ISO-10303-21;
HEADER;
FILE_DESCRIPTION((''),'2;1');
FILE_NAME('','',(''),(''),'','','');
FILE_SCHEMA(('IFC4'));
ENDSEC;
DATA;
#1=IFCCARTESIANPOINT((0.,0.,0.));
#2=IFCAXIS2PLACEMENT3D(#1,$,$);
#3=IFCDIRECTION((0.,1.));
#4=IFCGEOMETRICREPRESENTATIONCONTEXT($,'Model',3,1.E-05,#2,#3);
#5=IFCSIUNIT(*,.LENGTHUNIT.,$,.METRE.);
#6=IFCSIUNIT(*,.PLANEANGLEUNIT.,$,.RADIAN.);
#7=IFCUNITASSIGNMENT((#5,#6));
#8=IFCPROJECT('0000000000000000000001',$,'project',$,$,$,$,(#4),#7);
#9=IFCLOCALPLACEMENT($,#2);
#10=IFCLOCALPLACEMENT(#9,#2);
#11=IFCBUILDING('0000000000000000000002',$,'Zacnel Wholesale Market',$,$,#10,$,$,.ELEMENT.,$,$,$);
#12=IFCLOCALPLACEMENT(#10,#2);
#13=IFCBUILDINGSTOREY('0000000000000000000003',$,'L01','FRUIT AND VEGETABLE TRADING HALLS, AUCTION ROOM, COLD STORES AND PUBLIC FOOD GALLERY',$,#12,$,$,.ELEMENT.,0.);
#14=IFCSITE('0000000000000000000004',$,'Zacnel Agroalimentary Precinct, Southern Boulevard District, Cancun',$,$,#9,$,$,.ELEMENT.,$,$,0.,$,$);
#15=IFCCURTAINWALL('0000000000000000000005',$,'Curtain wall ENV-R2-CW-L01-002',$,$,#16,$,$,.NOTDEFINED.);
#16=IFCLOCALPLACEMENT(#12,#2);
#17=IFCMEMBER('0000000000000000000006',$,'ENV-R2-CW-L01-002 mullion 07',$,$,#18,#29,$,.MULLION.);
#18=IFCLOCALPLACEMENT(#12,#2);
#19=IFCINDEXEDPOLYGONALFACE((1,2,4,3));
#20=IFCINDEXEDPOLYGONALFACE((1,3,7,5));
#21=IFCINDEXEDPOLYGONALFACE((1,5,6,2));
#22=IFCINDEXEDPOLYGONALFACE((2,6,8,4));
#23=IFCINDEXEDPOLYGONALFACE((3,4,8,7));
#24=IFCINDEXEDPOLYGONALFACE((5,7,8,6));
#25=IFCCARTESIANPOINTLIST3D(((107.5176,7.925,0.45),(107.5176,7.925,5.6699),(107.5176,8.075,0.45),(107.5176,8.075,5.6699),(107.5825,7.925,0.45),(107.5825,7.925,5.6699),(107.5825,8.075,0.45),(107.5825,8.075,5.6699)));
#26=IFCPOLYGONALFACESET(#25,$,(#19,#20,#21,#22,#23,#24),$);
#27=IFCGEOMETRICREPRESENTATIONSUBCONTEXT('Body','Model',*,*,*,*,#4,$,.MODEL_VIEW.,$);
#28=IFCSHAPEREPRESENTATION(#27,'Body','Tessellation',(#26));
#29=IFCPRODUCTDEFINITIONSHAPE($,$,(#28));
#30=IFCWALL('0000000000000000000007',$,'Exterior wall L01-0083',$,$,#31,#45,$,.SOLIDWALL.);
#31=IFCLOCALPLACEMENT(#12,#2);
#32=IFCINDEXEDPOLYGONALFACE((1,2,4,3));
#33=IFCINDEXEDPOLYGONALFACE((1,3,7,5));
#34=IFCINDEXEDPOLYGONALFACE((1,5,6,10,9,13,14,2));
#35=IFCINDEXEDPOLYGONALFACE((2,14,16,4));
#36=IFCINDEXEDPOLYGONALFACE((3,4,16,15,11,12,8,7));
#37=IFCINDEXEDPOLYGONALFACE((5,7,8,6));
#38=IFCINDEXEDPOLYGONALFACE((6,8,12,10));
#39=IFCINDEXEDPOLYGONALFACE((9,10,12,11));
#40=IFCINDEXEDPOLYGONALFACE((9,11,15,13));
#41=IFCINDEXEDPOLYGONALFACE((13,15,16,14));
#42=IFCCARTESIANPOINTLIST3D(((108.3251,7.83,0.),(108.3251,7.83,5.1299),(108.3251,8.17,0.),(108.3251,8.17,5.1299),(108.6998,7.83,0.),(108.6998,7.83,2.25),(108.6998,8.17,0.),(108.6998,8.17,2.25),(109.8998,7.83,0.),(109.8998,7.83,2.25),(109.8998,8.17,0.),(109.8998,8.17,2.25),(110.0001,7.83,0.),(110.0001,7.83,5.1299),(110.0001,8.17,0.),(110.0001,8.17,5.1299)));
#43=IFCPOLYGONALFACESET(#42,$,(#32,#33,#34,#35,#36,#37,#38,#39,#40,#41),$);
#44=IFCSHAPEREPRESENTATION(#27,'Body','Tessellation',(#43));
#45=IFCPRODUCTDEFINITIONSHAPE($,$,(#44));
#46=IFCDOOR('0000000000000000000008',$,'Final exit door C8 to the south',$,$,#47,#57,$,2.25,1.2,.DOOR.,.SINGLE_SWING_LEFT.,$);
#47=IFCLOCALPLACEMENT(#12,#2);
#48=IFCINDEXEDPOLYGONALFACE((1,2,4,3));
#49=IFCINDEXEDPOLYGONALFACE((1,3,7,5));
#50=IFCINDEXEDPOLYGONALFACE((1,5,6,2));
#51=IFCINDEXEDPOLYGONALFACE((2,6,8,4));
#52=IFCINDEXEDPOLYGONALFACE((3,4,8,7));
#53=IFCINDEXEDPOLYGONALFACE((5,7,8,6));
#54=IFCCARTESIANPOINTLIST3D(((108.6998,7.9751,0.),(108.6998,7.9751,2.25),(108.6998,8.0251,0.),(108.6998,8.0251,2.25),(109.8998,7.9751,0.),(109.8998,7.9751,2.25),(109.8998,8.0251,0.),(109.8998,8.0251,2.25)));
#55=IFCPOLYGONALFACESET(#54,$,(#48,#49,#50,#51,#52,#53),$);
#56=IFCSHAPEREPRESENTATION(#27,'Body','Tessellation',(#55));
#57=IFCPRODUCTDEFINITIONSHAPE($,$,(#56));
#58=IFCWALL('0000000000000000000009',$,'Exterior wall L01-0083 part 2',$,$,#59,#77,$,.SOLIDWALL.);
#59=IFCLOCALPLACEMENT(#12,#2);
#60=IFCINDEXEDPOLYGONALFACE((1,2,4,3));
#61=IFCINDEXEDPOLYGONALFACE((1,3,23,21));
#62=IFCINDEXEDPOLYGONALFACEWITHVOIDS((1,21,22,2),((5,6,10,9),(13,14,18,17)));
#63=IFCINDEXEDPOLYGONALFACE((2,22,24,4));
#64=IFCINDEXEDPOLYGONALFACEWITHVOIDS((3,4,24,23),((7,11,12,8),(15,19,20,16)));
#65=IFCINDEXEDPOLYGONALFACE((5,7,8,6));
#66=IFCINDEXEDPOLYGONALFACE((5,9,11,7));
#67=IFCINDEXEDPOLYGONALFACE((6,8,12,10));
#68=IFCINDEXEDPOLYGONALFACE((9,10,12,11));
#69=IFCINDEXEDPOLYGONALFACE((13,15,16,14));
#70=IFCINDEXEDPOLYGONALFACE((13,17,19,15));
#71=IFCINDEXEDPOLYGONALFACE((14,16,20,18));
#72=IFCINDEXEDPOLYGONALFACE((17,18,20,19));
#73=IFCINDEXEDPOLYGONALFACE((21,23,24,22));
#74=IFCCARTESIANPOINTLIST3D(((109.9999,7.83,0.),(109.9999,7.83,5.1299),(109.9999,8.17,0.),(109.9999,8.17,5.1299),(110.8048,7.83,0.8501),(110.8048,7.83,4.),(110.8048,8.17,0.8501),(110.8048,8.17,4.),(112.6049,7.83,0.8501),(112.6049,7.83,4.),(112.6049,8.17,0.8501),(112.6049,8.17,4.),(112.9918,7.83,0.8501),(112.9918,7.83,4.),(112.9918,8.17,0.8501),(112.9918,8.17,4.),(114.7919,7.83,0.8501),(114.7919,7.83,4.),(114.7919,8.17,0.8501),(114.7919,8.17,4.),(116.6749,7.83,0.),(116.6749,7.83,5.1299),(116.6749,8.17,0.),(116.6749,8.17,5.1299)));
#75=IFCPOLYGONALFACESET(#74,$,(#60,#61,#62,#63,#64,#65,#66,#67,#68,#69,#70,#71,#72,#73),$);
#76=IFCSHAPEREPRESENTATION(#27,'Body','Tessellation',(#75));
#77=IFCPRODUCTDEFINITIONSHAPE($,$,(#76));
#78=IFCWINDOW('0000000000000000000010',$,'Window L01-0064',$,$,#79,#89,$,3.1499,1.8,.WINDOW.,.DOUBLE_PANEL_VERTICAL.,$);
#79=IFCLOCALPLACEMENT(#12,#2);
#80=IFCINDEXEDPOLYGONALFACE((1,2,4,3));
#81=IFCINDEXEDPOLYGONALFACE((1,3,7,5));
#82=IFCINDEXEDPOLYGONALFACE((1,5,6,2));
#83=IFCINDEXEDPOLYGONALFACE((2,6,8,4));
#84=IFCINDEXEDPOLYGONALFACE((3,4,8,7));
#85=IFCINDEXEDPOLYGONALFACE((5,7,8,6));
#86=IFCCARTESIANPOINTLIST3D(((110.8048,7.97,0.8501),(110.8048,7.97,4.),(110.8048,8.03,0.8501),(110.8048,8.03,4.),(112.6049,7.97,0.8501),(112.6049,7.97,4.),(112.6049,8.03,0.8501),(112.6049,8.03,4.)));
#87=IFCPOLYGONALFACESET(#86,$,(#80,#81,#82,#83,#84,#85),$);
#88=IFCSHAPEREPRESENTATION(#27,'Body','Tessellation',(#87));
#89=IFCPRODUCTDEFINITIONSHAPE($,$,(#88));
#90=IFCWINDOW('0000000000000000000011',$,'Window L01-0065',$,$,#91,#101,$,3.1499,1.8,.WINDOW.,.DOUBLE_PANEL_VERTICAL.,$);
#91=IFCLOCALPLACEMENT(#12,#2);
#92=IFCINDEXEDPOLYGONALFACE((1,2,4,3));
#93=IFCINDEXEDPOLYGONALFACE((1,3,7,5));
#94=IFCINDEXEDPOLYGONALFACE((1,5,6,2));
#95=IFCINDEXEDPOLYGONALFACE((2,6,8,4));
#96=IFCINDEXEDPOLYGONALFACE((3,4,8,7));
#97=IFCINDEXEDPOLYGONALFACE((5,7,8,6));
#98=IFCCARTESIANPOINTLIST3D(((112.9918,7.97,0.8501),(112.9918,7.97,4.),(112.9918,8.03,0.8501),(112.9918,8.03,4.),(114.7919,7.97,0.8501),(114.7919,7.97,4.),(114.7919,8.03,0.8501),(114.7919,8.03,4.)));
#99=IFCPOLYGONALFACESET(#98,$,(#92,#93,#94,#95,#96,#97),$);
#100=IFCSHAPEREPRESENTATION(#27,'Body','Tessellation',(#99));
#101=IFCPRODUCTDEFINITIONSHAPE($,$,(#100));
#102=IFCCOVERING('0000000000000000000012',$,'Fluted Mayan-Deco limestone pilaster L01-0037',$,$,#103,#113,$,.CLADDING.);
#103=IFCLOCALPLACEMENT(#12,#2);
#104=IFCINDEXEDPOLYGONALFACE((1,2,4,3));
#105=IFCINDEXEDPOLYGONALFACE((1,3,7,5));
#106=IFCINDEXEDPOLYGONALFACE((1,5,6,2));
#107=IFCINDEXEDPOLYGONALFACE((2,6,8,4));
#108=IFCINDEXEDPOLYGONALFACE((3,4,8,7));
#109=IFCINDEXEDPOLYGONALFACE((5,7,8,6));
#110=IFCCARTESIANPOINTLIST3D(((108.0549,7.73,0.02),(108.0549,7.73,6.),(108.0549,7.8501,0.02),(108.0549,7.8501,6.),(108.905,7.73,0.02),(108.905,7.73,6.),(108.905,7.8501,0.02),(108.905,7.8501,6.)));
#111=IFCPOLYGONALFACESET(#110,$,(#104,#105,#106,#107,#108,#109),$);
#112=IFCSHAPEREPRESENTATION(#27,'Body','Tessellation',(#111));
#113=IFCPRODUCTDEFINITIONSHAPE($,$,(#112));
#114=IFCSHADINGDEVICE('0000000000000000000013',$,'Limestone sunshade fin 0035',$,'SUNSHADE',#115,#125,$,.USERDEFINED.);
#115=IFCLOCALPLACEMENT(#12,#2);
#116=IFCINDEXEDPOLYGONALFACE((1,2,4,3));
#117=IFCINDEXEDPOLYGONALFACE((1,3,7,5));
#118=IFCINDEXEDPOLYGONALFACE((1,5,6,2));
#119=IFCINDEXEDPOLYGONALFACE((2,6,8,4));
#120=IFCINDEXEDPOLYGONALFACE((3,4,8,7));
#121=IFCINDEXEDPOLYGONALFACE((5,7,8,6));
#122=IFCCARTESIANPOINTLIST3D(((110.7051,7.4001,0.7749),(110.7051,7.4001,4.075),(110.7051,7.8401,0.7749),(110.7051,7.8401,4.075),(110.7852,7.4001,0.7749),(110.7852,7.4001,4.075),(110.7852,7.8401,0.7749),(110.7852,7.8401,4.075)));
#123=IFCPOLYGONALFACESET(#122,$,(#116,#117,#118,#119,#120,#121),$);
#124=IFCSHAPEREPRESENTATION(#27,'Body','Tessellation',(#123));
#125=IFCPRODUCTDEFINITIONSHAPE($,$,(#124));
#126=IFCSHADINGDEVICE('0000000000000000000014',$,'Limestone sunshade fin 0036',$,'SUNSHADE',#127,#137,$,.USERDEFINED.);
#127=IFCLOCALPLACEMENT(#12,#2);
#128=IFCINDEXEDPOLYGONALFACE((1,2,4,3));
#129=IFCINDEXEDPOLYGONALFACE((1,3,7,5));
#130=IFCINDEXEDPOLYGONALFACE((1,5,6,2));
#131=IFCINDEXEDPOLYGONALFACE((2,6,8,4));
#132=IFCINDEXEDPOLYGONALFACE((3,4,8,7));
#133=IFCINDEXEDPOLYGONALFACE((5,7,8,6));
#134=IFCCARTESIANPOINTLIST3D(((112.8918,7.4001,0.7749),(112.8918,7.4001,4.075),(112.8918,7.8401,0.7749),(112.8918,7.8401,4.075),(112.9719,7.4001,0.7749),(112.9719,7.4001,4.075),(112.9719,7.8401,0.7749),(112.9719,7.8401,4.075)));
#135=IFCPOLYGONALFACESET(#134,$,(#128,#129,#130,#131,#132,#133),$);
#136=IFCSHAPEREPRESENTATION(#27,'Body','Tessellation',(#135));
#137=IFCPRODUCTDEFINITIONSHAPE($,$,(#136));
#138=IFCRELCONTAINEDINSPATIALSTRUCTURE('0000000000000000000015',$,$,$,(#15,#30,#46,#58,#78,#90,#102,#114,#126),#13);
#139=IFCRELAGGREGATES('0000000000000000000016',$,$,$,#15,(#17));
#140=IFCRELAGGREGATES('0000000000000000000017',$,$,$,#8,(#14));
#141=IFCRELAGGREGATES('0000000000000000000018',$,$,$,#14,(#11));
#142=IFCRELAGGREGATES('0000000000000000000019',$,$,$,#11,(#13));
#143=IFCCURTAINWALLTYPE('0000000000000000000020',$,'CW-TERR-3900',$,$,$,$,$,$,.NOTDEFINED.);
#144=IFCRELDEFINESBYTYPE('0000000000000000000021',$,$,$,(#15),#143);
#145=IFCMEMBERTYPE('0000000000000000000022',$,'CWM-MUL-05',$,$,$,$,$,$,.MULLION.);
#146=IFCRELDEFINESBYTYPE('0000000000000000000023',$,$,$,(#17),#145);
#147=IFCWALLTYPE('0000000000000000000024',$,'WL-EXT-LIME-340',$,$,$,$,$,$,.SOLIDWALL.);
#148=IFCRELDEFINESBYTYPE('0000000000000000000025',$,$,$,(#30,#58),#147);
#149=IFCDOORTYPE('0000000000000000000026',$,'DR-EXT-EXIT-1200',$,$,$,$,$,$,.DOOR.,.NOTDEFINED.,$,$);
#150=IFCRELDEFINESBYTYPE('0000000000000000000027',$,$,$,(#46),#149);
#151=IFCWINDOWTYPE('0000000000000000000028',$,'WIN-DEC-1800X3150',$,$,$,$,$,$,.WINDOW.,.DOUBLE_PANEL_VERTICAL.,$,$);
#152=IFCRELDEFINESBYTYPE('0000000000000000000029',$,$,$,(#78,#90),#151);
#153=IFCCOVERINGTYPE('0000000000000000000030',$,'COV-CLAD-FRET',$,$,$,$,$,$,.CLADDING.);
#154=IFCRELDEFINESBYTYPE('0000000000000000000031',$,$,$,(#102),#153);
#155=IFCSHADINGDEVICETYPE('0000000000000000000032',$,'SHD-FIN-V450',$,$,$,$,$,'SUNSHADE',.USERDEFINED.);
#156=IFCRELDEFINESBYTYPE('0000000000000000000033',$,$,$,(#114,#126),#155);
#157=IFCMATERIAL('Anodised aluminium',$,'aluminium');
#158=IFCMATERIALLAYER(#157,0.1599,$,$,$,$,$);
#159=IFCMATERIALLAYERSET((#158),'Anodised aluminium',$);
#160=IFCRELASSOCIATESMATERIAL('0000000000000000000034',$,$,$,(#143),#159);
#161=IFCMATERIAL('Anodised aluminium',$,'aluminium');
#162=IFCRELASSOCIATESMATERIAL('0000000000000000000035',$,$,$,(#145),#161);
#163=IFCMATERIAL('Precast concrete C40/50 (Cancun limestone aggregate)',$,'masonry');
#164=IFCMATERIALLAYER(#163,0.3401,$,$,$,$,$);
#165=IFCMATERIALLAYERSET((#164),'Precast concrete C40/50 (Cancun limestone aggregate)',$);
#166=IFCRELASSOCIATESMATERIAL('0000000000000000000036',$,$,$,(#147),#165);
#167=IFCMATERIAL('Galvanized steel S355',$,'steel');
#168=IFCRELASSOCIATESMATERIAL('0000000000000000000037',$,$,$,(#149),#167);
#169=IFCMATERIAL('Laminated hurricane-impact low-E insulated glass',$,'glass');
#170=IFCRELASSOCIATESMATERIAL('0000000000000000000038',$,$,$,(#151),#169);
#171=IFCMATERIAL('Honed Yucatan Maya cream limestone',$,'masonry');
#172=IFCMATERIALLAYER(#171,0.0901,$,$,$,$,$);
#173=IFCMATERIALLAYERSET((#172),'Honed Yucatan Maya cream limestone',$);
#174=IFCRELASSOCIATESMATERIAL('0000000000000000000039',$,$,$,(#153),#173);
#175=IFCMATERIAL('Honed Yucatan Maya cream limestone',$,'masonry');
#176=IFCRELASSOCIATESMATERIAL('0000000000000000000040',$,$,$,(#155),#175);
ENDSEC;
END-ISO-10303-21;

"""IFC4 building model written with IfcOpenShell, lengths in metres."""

from ifc_helpers import new_model, si_unit, direction, frame, frame_2d, origin, origin_2d, place, context, subcontext, project, spatial, rectangle, extrude, material, layer, layer_set, material_profile, profile_set, type_object, element, fill, aggregate, save


model = new_model("IFC4")

# Units and contexts
model_context = context("Model", 3, precision=1e-05, world=origin(), true_north=direction((0.0, 1.0)))
body_context = subcontext(model_context, "Body", "Model", "MODEL_VIEW")
ifc_project = project(units=[si_unit("LENGTHUNIT", "METRE"), si_unit("PLANEANGLEUNIT", "RADIAN")], contexts=[model_context])

# Site, building, storey
site_placement = place(None, origin())
site = spatial("IfcSite", under=ifc_project, at=site_placement, Name="Zacnel Agroalimentary Precinct, Southern Boulevard District, Cancun", CompositionType="ELEMENT", RefElevation=0.0)
building_placement = place(site_placement, origin())
building = spatial("IfcBuilding", under=site, at=building_placement, Name="Zacnel Wholesale Market", CompositionType="ELEMENT")
storey_placement = place(building_placement, origin())
storey = spatial("IfcBuildingStorey", under=building, at=storey_placement, Name="L01", Description="FRUIT AND VEGETABLE TRADING HALLS, AUCTION ROOM, COLD STORES AND PUBLIC FOOD GALLERY", CompositionType="ELEMENT", Elevation=0.0)

# Curtain wall, member
ifc_material_1 = material(Name="Anodised aluminium", Category="aluminium")
ifc_layer_1 = layer(ifc_material_1, 0.1599)
ifc_layer_set_1 = layer_set([ifc_layer_1], Name="Anodised aluminium")
curtain_wall_type = type_object("IfcCurtainWallType", Name="CW-TERR-3900", PredefinedType="NOTDEFINED", material=ifc_layer_set_1)
curtain_wall_placement = place(storey_placement, origin())
curtain_wall = element("IfcCurtainWall", 1, at=curtain_wall_placement, inside=storey, type_object=curtain_wall_type, Name="Curtain wall ENV-R2-CW-L01-002", PredefinedType="NOTDEFINED")
ifc_material_2 = material(Name="Anodised aluminium", Category="aluminium")
ifc_material_profile_1 = material_profile(ifc_material_2, rectangle(XDim=0.0649, YDim=0.1499, at=origin_2d()), Name="AW-MULLION 65x150")
ifc_profile_set_1 = profile_set([ifc_material_profile_1], Name="Anodised aluminium")
member_type = type_object("IfcMemberType", Name="CWM-MUL-05", PredefinedType="MULLION", material=ifc_profile_set_1)
member_placement = place(storey_placement, frame((107.55, 8.0, 0.45), z_axis=(0.0, 0.0, 1.0), x_axis=(1.0, 0.0, 0.0)))
member = element("IfcMember", 2, at=member_placement, type_object=member_type, Name="ENV-R2-CW-L01-002 mullion 07", PredefinedType="MULLION", context=body_context, shape_type="SweptSolid", body=[
    extrude(rectangle(XDim=0.0649, YDim=0.1499, at=origin_2d()), origin(), (0.0, 0.0, 1.0), 5.22),
])
aggregate(curtain_wall, [member])

# Wall, opening, door
ifc_material_3 = material(Name="Precast concrete C40/50 (Cancun limestone aggregate)", Category="masonry")
ifc_layer_2 = layer(ifc_material_3, 0.3401)
ifc_layer_set_2 = layer_set([ifc_layer_2], Name="Precast concrete C40/50 (Cancun limestone aggregate)")
wall_type = type_object("IfcWallType", Name="WL-EXT-LIME-340", PredefinedType="SOLIDWALL", material=ifc_layer_set_2)
wall_1_placement = place(storey_placement, frame((110.0, 8.0, 0.0), z_axis=(0.0, 0.0, 1.0), x_axis=(-1.0, 0.0, 0.0)))
wall_1 = element("IfcWall", 3, at=wall_1_placement, inside=storey, type_object=wall_type, Name="Exterior wall L01-0083", PredefinedType="SOLIDWALL", context=body_context, shape_type="SweptSolid", body=[
    extrude(rectangle(XDim=1.675, YDim=0.3401, at=frame_2d((0.8374, 0.0))), origin(), (0.0, 0.0, 1.0), 5.1299),
])
opening_1_placement = place(wall_1_placement, frame((0.1001, 0.0, 0.0)))
opening_1 = element("IfcOpeningElement", 4, at=opening_1_placement, cuts=wall_1, PredefinedType="OPENING", context=body_context, shape_type="SweptSolid", body=[
    extrude(rectangle(XDim=1.2, YDim=2.25, at=frame_2d((0.6001, 1.125))), frame((0.0, 0.1799, 0.0), z_axis=(0.0, -1.0, 0.0), x_axis=(1.0, 0.0, 0.0)), (0.0, 0.0, 1.0), 0.3601),
])
ifc_material_4 = material(Name="Galvanized steel S355", Category="steel")
door_type = type_object("IfcDoorType", Name="DR-EXT-EXIT-1200", OperationType="NOTDEFINED", PredefinedType="DOOR", material=ifc_material_4)
door_placement = place(opening_1_placement, origin())
door = element("IfcDoor", 5, at=door_placement, inside=storey, type_object=door_type, Name="Final exit door C8 to the south", OperationType="SINGLE_SWING_LEFT", OverallHeight=2.25, OverallWidth=1.2, PredefinedType="DOOR", context=body_context, shape_type="SweptSolid", body=[
    extrude(rectangle(XDim=1.2, YDim=2.25, at=frame_2d((0.6001, 1.125))), frame((0.0, 0.0249, 0.0), z_axis=(0.0, -1.0, 0.0), x_axis=(1.0, 0.0, 0.0)), (0.0, 0.0, 1.0), 0.05),
])
fill(opening_1, door)

# Wall, openings, windows
wall_2_placement = place(storey_placement, frame((110.0, 8.0, 0.0), z_axis=(0.0, 0.0, 1.0), x_axis=(1.0, 0.0, 0.0)))
wall_2 = element("IfcWall", 6, at=wall_2_placement, inside=storey, type_object=wall_type, Name="Exterior wall L01-0083 part 2", PredefinedType="SOLIDWALL", context=body_context, shape_type="SweptSolid", body=[
    extrude(rectangle(XDim=6.675, YDim=0.3401, at=frame_2d((3.3374, 0.0))), origin(), (0.0, 0.0, 1.0), 5.1299),
])
opening_2_placement = place(wall_2_placement, frame((0.8049, 0.0, 0.8501)))
opening_2 = element("IfcOpeningElement", 7, at=opening_2_placement, cuts=wall_2, PredefinedType="OPENING", context=body_context, shape_type="SweptSolid", body=[
    extrude(rectangle(XDim=1.8, YDim=3.1499, at=frame_2d((0.8999, 1.575))), frame((0.0, 0.1799, 0.0), z_axis=(0.0, -1.0, 0.0), x_axis=(1.0, 0.0, 0.0)), (0.0, 0.0, 1.0), 0.3601),
])
opening_3_placement = place(wall_2_placement, frame((2.9919, 0.0, 0.8501)))
opening_3 = element("IfcOpeningElement", 8, at=opening_3_placement, cuts=wall_2, PredefinedType="OPENING", context=body_context, shape_type="SweptSolid", body=[
    extrude(rectangle(XDim=1.8, YDim=3.1499, at=frame_2d((0.8999, 1.575))), frame((0.0, 0.1799, 0.0), z_axis=(0.0, -1.0, 0.0), x_axis=(1.0, 0.0, 0.0)), (0.0, 0.0, 1.0), 0.3601),
])
ifc_material_5 = material(Name="Laminated hurricane-impact low-E insulated glass", Category="glass")
window_type = type_object("IfcWindowType", Name="WIN-DEC-1800X3150", PartitioningType="DOUBLE_PANEL_VERTICAL", PredefinedType="WINDOW", material=ifc_material_5)
window_1_placement = place(opening_2_placement, origin())
window_1 = element("IfcWindow", 9, at=window_1_placement, inside=storey, type_object=window_type, Name="Window L01-0064", OverallHeight=3.1499, OverallWidth=1.8, PartitioningType="DOUBLE_PANEL_VERTICAL", PredefinedType="WINDOW", context=body_context, shape_type="SweptSolid", body=[
    extrude(rectangle(XDim=1.8, YDim=3.1499, at=frame_2d((0.8999, 1.575))), frame((0.0, 0.03, 0.0), z_axis=(0.0, -1.0, 0.0), x_axis=(1.0, 0.0, 0.0)), (0.0, 0.0, 1.0), 0.0601),
])
fill(opening_2, window_1)
window_2_placement = place(opening_3_placement, origin())
window_2 = element("IfcWindow", 10, at=window_2_placement, inside=storey, type_object=window_type, Name="Window L01-0065", OverallHeight=3.1499, OverallWidth=1.8, PartitioningType="DOUBLE_PANEL_VERTICAL", PredefinedType="WINDOW", context=body_context, shape_type="SweptSolid", body=[
    extrude(rectangle(XDim=1.8, YDim=3.1499, at=frame_2d((0.8999, 1.575))), frame((0.0, 0.03, 0.0), z_axis=(0.0, -1.0, 0.0), x_axis=(1.0, 0.0, 0.0)), (0.0, 0.0, 1.0), 0.0601),
])
fill(opening_3, window_2)

# Covering
ifc_material_6 = material(Name="Honed Yucatan Maya cream limestone", Category="masonry")
ifc_layer_3 = layer(ifc_material_6, 0.0901)
ifc_layer_set_3 = layer_set([ifc_layer_3], Name="Honed Yucatan Maya cream limestone")
covering_type = type_object("IfcCoveringType", Name="COV-CLAD-FRET", PredefinedType="CLADDING", material=ifc_layer_set_3)
covering_placement = place(storey_placement, frame((108.48, 7.79, 0.02), z_axis=(0.0, 0.0, 1.0), x_axis=(1.0, 0.0, 0.0)))
element("IfcCovering", 11, at=covering_placement, inside=storey, type_object=covering_type, Name="Fluted Mayan-Deco limestone pilaster L01-0037", PredefinedType="CLADDING", context=body_context, shape_type="SweptSolid", body=[
    extrude(rectangle(XDim=0.8501, YDim=0.1201, at=origin_2d()), origin(), (0.0, 0.0, 1.0), 5.98),
])

# Shading devices
ifc_material_7 = material(Name="Honed Yucatan Maya cream limestone", Category="masonry")
shading_device_type = type_object("IfcShadingDeviceType", Name="SHD-FIN-V450", ElementType="SUNSHADE", PredefinedType="USERDEFINED", material=ifc_material_7)
for number, where, z_axis, x_axis, name in (
    (12, (110.7451, 7.6201, 0.7749), (0.0, 0.0, 1.0), (1.0, 0.0, 0.0), "Limestone sunshade fin 0035"),
    (13, (112.9319, 7.6201, 0.7749), (0.0, 0.0, 1.0), (1.0, 0.0, 0.0), "Limestone sunshade fin 0036"),
):
    element("IfcShadingDevice", number, at=place(storey_placement, frame(where, z_axis=z_axis, x_axis=x_axis)), inside=storey, type_object=shading_device_type, Name=name, ObjectType="SUNSHADE", PredefinedType="USERDEFINED", context=body_context, shape_type="SweptSolid", body=[
        extrude(rectangle(XDim=0.0801, YDim=0.4399, at=origin_2d()), origin(), (0.0, 0.0, 1.0), 3.3),
    ])

save(model, "model.ifc")
